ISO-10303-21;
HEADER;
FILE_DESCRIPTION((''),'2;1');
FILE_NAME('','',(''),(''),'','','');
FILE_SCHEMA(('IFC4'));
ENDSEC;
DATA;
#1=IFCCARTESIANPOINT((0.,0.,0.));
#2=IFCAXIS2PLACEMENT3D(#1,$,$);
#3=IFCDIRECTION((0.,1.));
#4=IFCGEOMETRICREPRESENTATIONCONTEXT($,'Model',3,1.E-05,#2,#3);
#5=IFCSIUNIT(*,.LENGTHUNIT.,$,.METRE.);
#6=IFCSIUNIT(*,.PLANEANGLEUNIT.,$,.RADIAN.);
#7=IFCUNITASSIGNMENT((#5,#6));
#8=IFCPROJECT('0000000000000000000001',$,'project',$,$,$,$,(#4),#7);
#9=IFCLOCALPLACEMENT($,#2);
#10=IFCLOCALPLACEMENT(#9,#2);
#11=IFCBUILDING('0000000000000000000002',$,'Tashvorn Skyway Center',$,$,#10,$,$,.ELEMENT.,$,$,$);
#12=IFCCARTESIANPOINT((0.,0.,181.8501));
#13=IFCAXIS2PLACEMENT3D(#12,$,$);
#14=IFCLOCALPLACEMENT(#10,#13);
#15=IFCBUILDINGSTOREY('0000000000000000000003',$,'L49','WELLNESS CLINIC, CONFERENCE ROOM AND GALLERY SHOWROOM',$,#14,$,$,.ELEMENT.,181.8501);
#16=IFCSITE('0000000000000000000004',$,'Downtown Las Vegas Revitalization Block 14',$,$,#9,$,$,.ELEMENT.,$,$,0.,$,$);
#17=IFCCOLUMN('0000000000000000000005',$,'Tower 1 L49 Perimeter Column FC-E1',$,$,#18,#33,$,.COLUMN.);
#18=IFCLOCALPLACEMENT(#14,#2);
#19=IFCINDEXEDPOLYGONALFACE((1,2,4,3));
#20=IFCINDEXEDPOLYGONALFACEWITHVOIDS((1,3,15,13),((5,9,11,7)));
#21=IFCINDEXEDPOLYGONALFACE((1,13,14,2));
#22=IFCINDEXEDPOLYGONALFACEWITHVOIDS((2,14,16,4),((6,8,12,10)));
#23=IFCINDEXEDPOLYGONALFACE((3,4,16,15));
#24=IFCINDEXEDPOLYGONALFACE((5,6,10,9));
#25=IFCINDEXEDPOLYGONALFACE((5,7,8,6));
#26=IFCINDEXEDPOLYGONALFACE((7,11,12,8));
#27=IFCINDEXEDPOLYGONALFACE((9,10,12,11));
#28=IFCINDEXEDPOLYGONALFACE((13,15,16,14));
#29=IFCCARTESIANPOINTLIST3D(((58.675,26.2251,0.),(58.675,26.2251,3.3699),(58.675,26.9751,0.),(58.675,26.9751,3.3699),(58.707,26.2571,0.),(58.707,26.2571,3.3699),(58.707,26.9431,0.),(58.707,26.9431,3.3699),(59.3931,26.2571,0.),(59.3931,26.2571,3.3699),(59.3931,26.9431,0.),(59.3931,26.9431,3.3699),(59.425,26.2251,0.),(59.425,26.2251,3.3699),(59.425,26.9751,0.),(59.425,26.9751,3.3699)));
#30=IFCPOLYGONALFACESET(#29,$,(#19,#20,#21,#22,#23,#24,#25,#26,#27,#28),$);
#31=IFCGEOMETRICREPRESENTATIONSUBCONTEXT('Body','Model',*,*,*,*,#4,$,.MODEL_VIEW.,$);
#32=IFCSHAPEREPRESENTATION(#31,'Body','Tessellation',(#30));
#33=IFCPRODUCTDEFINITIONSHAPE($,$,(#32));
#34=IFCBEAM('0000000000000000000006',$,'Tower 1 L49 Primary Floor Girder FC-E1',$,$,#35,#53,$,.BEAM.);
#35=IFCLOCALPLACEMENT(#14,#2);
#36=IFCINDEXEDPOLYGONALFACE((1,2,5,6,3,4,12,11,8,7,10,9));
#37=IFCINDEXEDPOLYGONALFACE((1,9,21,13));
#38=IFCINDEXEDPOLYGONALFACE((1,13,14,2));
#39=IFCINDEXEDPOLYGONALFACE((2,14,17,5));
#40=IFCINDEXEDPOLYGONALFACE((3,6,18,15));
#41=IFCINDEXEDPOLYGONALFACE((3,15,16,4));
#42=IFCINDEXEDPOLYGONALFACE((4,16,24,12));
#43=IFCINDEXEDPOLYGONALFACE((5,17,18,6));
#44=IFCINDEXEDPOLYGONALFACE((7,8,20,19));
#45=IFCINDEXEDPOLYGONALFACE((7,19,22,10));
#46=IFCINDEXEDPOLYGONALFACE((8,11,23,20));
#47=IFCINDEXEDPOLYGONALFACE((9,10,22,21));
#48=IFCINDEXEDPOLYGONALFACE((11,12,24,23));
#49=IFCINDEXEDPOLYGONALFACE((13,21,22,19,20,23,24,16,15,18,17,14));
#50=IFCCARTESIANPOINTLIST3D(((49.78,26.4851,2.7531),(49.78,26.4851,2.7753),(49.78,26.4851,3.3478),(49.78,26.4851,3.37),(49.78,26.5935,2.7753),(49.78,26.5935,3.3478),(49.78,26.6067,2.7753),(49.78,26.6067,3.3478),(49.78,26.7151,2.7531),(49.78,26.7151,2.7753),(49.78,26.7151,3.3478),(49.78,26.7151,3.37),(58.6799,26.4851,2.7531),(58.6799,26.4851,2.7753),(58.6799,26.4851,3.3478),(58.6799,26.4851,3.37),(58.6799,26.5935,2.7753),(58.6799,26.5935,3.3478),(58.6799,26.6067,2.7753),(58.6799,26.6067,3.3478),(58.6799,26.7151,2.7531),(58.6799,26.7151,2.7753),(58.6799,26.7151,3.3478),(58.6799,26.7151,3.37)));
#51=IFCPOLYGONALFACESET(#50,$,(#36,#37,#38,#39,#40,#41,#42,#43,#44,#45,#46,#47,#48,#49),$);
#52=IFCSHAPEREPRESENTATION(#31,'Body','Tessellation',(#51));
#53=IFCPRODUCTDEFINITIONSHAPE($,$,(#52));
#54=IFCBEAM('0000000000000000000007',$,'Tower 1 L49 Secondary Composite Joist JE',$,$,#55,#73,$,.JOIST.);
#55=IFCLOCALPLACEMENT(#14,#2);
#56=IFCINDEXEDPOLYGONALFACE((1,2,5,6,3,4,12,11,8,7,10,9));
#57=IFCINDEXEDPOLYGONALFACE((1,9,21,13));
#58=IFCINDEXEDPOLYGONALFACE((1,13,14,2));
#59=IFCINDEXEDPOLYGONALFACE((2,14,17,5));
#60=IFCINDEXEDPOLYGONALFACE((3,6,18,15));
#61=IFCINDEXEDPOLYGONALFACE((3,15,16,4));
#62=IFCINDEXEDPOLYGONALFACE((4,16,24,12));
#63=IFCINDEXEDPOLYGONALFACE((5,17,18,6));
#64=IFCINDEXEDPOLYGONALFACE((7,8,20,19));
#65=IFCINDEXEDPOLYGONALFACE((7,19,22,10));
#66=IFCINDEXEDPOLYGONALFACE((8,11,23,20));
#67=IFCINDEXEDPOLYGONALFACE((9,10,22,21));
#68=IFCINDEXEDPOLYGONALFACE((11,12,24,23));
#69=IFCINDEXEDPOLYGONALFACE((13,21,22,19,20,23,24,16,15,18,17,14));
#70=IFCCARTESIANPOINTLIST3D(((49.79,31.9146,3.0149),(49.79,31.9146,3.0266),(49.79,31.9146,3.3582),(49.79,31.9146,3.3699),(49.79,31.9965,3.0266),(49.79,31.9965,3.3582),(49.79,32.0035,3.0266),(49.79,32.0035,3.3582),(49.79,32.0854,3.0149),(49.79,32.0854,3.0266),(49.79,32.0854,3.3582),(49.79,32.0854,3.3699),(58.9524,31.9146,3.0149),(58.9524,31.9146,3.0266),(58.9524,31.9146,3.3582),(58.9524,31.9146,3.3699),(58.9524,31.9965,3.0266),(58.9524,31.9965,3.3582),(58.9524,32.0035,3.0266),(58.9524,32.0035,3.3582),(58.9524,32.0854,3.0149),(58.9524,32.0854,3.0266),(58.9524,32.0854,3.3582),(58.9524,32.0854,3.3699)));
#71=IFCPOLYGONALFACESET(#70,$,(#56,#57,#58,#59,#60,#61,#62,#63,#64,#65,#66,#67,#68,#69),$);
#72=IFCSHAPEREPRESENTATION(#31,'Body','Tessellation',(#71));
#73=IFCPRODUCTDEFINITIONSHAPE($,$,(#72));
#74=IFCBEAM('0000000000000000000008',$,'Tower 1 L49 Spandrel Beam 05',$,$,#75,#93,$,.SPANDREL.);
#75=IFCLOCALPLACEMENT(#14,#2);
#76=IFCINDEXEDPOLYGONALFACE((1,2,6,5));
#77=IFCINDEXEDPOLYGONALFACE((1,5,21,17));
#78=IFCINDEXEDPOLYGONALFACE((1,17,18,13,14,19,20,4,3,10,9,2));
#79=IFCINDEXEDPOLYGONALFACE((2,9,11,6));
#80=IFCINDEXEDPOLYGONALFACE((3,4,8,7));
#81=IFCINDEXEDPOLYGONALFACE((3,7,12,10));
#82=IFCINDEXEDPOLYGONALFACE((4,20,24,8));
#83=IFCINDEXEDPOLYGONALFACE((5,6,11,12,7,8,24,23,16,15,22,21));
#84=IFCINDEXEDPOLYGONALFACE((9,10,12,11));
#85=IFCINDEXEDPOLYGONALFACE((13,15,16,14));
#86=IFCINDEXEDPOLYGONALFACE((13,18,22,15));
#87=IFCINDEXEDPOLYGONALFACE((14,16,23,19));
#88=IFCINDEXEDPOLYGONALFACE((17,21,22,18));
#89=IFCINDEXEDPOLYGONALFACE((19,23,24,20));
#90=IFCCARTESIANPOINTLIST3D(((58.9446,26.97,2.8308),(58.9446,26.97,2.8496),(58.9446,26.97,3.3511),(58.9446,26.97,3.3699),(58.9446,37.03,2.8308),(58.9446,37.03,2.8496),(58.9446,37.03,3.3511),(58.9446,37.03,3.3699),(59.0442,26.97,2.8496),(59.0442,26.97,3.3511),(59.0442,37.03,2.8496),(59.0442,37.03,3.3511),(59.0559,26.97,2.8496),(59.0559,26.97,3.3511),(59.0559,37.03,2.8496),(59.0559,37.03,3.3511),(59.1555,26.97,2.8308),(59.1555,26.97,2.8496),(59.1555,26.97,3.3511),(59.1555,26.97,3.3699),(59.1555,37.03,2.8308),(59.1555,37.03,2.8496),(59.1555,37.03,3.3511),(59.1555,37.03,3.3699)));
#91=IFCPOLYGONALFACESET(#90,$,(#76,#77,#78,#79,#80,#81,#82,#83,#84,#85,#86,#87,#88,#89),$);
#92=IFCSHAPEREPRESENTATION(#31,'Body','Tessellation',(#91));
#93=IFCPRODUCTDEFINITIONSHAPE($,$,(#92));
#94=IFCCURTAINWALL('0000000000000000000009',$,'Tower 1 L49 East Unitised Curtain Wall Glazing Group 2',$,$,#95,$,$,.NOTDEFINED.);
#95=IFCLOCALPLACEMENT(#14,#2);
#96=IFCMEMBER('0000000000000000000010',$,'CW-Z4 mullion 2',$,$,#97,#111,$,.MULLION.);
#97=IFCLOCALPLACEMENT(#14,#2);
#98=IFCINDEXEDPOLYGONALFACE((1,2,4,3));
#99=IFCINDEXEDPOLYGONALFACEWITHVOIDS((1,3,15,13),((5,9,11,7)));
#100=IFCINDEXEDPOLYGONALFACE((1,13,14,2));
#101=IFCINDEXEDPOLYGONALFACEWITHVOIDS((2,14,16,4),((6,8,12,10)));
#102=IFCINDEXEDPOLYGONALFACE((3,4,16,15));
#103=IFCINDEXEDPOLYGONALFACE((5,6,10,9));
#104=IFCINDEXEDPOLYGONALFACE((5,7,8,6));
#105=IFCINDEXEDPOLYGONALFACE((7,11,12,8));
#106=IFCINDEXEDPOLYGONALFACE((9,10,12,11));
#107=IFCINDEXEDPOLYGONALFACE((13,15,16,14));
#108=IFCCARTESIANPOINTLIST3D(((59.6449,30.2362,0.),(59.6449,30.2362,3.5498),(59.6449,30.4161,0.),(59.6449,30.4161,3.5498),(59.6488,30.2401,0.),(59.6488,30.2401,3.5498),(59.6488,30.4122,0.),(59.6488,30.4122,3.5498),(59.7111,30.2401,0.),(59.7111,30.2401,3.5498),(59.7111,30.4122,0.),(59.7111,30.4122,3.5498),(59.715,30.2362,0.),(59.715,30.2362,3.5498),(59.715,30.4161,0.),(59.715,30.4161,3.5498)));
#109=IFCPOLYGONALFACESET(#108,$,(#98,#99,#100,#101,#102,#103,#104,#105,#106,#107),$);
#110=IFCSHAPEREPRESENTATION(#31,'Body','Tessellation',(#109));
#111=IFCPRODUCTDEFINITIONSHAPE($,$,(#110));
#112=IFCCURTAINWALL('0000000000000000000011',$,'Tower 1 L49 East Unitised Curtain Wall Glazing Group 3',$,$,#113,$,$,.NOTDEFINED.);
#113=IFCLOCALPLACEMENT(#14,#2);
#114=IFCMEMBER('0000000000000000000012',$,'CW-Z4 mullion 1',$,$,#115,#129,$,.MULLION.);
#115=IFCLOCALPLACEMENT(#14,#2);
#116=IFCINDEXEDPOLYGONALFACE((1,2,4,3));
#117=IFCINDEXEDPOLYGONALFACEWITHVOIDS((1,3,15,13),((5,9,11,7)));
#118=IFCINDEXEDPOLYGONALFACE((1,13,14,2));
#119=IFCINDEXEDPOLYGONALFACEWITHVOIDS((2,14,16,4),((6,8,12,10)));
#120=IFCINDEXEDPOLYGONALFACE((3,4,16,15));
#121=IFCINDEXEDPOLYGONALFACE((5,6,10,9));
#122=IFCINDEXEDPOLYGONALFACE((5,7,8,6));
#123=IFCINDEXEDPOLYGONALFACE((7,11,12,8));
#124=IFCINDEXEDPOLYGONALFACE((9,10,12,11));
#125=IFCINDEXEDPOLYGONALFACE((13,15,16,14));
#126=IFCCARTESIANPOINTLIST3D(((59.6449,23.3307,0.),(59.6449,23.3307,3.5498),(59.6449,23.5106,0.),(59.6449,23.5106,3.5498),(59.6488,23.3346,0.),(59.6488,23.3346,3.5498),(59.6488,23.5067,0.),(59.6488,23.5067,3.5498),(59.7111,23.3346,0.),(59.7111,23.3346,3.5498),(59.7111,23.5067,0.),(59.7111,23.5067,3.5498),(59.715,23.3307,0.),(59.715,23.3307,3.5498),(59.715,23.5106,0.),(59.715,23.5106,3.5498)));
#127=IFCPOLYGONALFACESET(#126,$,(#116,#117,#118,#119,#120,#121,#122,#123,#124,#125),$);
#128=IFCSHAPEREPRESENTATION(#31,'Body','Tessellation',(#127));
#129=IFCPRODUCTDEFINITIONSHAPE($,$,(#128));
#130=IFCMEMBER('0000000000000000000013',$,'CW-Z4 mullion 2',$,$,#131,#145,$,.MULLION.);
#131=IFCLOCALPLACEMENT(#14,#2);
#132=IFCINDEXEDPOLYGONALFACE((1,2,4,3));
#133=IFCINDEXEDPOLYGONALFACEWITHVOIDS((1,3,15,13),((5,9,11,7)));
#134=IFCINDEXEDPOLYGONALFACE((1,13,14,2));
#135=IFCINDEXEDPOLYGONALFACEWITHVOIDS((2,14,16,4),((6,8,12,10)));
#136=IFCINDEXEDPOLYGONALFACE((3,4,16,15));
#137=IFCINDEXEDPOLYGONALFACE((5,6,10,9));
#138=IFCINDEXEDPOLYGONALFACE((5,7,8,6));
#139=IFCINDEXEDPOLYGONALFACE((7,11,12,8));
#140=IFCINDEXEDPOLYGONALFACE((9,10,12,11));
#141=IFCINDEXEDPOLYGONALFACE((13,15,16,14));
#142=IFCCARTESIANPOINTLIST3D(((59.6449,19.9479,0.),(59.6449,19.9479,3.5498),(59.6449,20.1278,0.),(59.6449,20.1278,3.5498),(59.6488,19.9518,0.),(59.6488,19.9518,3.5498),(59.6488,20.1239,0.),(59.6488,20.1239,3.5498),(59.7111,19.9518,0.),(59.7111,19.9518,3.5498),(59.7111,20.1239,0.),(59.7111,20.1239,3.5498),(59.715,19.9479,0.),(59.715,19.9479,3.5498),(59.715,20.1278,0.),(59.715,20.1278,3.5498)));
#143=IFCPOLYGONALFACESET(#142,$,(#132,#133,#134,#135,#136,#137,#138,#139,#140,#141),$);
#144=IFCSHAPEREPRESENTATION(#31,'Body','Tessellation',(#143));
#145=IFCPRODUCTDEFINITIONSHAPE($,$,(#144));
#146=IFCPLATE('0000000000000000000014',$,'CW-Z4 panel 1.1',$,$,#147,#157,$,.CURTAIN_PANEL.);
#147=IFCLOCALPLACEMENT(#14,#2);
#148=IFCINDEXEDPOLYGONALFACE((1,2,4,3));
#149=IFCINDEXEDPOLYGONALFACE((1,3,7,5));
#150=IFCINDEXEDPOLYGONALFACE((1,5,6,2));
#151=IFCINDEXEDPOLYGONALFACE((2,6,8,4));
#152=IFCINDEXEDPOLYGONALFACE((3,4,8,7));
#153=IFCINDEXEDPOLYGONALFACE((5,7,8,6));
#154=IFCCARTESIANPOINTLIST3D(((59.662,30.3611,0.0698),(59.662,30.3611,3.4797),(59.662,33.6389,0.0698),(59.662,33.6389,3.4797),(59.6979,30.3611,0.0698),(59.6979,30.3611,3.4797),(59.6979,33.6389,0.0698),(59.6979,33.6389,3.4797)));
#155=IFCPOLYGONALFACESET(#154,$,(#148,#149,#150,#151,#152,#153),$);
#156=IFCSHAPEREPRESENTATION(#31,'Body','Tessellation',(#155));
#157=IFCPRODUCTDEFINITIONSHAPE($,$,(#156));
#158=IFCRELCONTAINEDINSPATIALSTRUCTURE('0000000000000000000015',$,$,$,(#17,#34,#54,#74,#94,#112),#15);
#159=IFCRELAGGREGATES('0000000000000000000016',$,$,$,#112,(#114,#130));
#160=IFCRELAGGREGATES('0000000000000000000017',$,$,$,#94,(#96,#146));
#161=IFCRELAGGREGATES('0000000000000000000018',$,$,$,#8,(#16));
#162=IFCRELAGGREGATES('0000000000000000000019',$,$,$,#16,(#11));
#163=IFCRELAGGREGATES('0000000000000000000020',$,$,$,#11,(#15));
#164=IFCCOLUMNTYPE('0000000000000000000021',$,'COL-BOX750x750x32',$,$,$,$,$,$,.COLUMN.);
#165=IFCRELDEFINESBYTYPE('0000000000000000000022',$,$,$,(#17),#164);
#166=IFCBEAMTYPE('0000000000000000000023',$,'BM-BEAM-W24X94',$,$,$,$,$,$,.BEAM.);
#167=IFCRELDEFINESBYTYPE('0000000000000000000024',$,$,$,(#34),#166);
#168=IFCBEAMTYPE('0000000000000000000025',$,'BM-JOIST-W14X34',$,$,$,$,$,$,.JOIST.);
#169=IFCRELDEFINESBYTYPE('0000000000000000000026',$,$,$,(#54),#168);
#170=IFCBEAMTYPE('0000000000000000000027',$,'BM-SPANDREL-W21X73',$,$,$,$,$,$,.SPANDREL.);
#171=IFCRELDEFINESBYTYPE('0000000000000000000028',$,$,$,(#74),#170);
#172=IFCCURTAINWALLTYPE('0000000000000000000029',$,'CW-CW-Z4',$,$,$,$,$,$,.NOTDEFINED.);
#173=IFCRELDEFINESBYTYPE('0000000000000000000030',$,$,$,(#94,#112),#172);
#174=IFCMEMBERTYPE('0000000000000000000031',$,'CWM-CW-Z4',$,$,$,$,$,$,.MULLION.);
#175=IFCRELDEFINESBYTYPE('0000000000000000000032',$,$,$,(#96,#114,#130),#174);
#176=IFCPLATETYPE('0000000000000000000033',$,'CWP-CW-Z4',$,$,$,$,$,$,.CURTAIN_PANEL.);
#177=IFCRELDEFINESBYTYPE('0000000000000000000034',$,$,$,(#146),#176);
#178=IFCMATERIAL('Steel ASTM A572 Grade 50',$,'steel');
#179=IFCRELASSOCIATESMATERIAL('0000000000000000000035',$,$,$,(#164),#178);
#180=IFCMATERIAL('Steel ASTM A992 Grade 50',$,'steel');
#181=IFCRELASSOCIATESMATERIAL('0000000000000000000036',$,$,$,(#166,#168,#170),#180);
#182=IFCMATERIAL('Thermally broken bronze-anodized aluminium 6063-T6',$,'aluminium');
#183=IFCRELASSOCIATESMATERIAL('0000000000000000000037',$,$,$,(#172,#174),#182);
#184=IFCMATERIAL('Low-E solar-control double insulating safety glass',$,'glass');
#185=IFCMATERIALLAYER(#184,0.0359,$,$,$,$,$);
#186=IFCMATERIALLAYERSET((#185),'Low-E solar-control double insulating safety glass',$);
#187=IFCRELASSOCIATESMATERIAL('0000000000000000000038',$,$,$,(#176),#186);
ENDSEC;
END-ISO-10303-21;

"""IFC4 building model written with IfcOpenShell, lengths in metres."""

from ifc_helpers import new_model, si_unit, direction, frame, origin, origin_2d, place, context, subcontext, project, spatial, rectangle, hollow_rectangle, i_section, extrude, material, layer, layer_set, material_profile, profile_set, type_object, element, aggregate, save


model = new_model("IFC4")

# Units and contexts
model_context = context("Model", 3, precision=1e-05, world=origin(), true_north=direction((0.0, 1.0)))
body_context = subcontext(model_context, "Body", "Model", "MODEL_VIEW")
ifc_project = project(units=[si_unit("LENGTHUNIT", "METRE"), si_unit("PLANEANGLEUNIT", "RADIAN")], contexts=[model_context])

# Site, building, storey
site_placement = place(None, origin())
site = spatial("IfcSite", under=ifc_project, at=site_placement, Name="Downtown Las Vegas Revitalization Block 14", CompositionType="ELEMENT", RefElevation=0.0)
building_placement = place(site_placement, origin())
building = spatial("IfcBuilding", under=site, at=building_placement, Name="Tashvorn Skyway Center", CompositionType="ELEMENT")
storey_placement = place(building_placement, frame((0.0, 0.0, 181.8501)))
storey = spatial("IfcBuildingStorey", under=building, at=storey_placement, Name="L49", Description="WELLNESS CLINIC, CONFERENCE ROOM AND GALLERY SHOWROOM", CompositionType="ELEMENT", Elevation=181.8501)

# Column
ifc_material_1 = material(Name="Steel ASTM A572 Grade 50", Category="steel")
ifc_material_profile_1 = material_profile(ifc_material_1, hollow_rectangle(XDim=0.75, YDim=0.75, WallThickness=0.032, at=origin_2d()), Name="BOX750x750x32")
ifc_profile_set_1 = profile_set([ifc_material_profile_1], Name="Steel ASTM A572 Grade 50")
column_type = type_object("IfcColumnType", Name="COL-BOX750x750x32", PredefinedType="COLUMN", material=ifc_profile_set_1)
column_placement = place(storey_placement, frame((59.05, 26.6001, 0.0), z_axis=(0.0, 0.0, 1.0), x_axis=(1.0, 0.0, 0.0)))
element("IfcColumn", 1, at=column_placement, inside=storey, type_object=column_type, Name="Tower 1 L49 Perimeter Column FC-E1", PredefinedType="COLUMN", context=body_context, shape_type="SweptSolid", body=[
    extrude(hollow_rectangle(XDim=0.75, YDim=0.75, WallThickness=0.032, at=origin_2d()), origin(), (0.0, 0.0, 1.0), 3.3699),
])

# Beams
ifc_material_2 = material(Name="Steel ASTM A992 Grade 50", Category="steel")
ifc_material_profile_2 = material_profile(ifc_material_2, i_section(OverallWidth=0.23, OverallDepth=0.6169, WebThickness=0.0132, FlangeThickness=0.0222, at=origin_2d()), Name="W24X94")
ifc_profile_set_2 = profile_set([ifc_material_profile_2], Name="Steel ASTM A992 Grade 50")
beam_type_1 = type_object("IfcBeamType", Name="BM-BEAM-W24X94", PredefinedType="BEAM", material=ifc_profile_set_2)
beam_1_placement = place(storey_placement, frame((58.6799, 26.6001, 3.0615), z_axis=(-1.0, 0.0, 0.0), x_axis=(0.0, -1.0, 0.0)))
element("IfcBeam", 2, at=beam_1_placement, inside=storey, type_object=beam_type_1, Name="Tower 1 L49 Primary Floor Girder FC-E1", PredefinedType="BEAM", context=body_context, shape_type="SweptSolid", body=[
    extrude(i_section(OverallWidth=0.23, OverallDepth=0.6169, WebThickness=0.0132, FlangeThickness=0.0222, at=origin_2d()), origin(), (0.0, 0.0, 1.0), 8.8999),
])
ifc_material_profile_3 = material_profile(ifc_material_2, i_section(OverallWidth=0.1709, OverallDepth=0.355, WebThickness=0.0071, FlangeThickness=0.0117, at=origin_2d()), Name="W14X34")
ifc_profile_set_3 = profile_set([ifc_material_profile_3], Name="Steel ASTM A992 Grade 50")
beam_type_2 = type_object("IfcBeamType", Name="BM-JOIST-W14X34", PredefinedType="JOIST", material=ifc_profile_set_3)
beam_2_placement = place(storey_placement, frame((49.79, 32.0, 3.1924), z_axis=(1.0, 0.0, 0.0), x_axis=(0.0, 1.0, 0.0)))
element("IfcBeam", 3, at=beam_2_placement, inside=storey, type_object=beam_type_2, Name="Tower 1 L49 Secondary Composite Joist JE", PredefinedType="JOIST", context=body_context, shape_type="SweptSolid", body=[
    extrude(i_section(OverallWidth=0.1709, OverallDepth=0.355, WebThickness=0.0071, FlangeThickness=0.0117, at=origin_2d()), origin(), (0.0, 0.0, 1.0), 9.1624),
])
ifc_material_profile_4 = material_profile(ifc_material_2, i_section(OverallWidth=0.2109, OverallDepth=0.5391, WebThickness=0.0117, FlangeThickness=0.0188, at=origin_2d()), Name="W21X73")
ifc_profile_set_4 = profile_set([ifc_material_profile_4], Name="Steel ASTM A992 Grade 50")
beam_type_3 = type_object("IfcBeamType", Name="BM-SPANDREL-W21X73", PredefinedType="SPANDREL", material=ifc_profile_set_4)
beam_3_placement = place(storey_placement, frame((59.05, 26.97, 3.1003), z_axis=(0.0, 1.0, 0.0), x_axis=(-1.0, 0.0, 0.0)))
element("IfcBeam", 4, at=beam_3_placement, inside=storey, type_object=beam_type_3, Name="Tower 1 L49 Spandrel Beam 05", PredefinedType="SPANDREL", context=body_context, shape_type="SweptSolid", body=[
    extrude(i_section(OverallWidth=0.2109, OverallDepth=0.5391, WebThickness=0.0117, FlangeThickness=0.0188, at=origin_2d()), origin(), (0.0, 0.0, 1.0), 10.0601),
])

# Curtain wall, member
ifc_material_3 = material(Name="Thermally broken bronze-anodized aluminium 6063-T6", Category="aluminium")
curtain_wall_type = type_object("IfcCurtainWallType", Name="CW-CW-Z4", PredefinedType="NOTDEFINED", material=ifc_material_3)
curtain_wall_1_placement = place(storey_placement, origin())
curtain_wall_1 = element("IfcCurtainWall", 5, at=curtain_wall_1_placement, inside=storey, type_object=curtain_wall_type, Name="Tower 1 L49 East Unitised Curtain Wall Glazing Group 2", PredefinedType="NOTDEFINED")
ifc_material_profile_5 = material_profile(ifc_material_3, hollow_rectangle(XDim=0.0701, YDim=0.1799, WallThickness=0.0039, at=origin_2d()), Name="ALU-MULL-70x180")
ifc_profile_set_5 = profile_set([ifc_material_profile_5], Name="Thermally broken bronze-anodized aluminium 6063-T6")
member_type = type_object("IfcMemberType", Name="CWM-CW-Z4", PredefinedType="MULLION", material=ifc_profile_set_5)
member_1_placement = place(storey_placement, frame((59.6799, 30.3262, 0.0), z_axis=(0.0, 0.0, 1.0), x_axis=(1.0, 0.0, 0.0)))
member_1 = element("IfcMember", 6, at=member_1_placement, type_object=member_type, Name="CW-Z4 mullion 2", PredefinedType="MULLION", context=body_context, shape_type="SweptSolid", body=[
    extrude(hollow_rectangle(XDim=0.0701, YDim=0.1799, WallThickness=0.0039, at=origin_2d()), origin(), (0.0, 0.0, 1.0), 3.5498),
])

# Curtain wall, members
curtain_wall_2_placement = place(storey_placement, origin())
curtain_wall_2 = element("IfcCurtainWall", 7, at=curtain_wall_2_placement, inside=storey, type_object=curtain_wall_type, Name="Tower 1 L49 East Unitised Curtain Wall Glazing Group 3", PredefinedType="NOTDEFINED")
member_2_placement = place(storey_placement, frame((59.6799, 23.4207, 0.0), z_axis=(0.0, 0.0, 1.0), x_axis=(1.0, 0.0, 0.0)))
member_2 = element("IfcMember", 8, at=member_2_placement, type_object=member_type, Name="CW-Z4 mullion 1", PredefinedType="MULLION", context=body_context, shape_type="SweptSolid", body=[
    extrude(hollow_rectangle(XDim=0.0701, YDim=0.1799, WallThickness=0.0039, at=origin_2d()), origin(), (0.0, 0.0, 1.0), 3.5498),
])
member_3_placement = place(storey_placement, frame((59.6799, 20.0378, 0.0), z_axis=(0.0, 0.0, 1.0), x_axis=(1.0, 0.0, 0.0)))
member_3 = element("IfcMember", 9, at=member_3_placement, type_object=member_type, Name="CW-Z4 mullion 2", PredefinedType="MULLION", context=body_context, shape_type="SweptSolid", body=[
    extrude(hollow_rectangle(XDim=0.0701, YDim=0.1799, WallThickness=0.0039, at=origin_2d()), origin(), (0.0, 0.0, 1.0), 3.5498),
])
aggregate(curtain_wall_2, [member_2, member_3])

# Plate
ifc_material_4 = material(Name="Low-E solar-control double insulating safety glass", Category="glass")
ifc_layer_1 = layer(ifc_material_4, 0.0359)
ifc_layer_set_1 = layer_set([ifc_layer_1], Name="Low-E solar-control double insulating safety glass")
plate_type = type_object("IfcPlateType", Name="CWP-CW-Z4", PredefinedType="CURTAIN_PANEL", material=ifc_layer_set_1)
plate_placement = place(storey_placement, frame((59.6799, 32.0, 0.0698), z_axis=(0.0, 0.0, 1.0), x_axis=(0.0, -1.0, 0.0)))
plate = element("IfcPlate", 10, at=plate_placement, type_object=plate_type, Name="CW-Z4 panel 1.1", PredefinedType="CURTAIN_PANEL", context=body_context, shape_type="SweptSolid", body=[
    extrude(rectangle(XDim=3.2778, YDim=0.0359, at=origin_2d()), origin(), (0.0, 0.0, 1.0), 3.4099),
])
aggregate(curtain_wall_1, [member_1, plate])

save(model, "model.ifc")
